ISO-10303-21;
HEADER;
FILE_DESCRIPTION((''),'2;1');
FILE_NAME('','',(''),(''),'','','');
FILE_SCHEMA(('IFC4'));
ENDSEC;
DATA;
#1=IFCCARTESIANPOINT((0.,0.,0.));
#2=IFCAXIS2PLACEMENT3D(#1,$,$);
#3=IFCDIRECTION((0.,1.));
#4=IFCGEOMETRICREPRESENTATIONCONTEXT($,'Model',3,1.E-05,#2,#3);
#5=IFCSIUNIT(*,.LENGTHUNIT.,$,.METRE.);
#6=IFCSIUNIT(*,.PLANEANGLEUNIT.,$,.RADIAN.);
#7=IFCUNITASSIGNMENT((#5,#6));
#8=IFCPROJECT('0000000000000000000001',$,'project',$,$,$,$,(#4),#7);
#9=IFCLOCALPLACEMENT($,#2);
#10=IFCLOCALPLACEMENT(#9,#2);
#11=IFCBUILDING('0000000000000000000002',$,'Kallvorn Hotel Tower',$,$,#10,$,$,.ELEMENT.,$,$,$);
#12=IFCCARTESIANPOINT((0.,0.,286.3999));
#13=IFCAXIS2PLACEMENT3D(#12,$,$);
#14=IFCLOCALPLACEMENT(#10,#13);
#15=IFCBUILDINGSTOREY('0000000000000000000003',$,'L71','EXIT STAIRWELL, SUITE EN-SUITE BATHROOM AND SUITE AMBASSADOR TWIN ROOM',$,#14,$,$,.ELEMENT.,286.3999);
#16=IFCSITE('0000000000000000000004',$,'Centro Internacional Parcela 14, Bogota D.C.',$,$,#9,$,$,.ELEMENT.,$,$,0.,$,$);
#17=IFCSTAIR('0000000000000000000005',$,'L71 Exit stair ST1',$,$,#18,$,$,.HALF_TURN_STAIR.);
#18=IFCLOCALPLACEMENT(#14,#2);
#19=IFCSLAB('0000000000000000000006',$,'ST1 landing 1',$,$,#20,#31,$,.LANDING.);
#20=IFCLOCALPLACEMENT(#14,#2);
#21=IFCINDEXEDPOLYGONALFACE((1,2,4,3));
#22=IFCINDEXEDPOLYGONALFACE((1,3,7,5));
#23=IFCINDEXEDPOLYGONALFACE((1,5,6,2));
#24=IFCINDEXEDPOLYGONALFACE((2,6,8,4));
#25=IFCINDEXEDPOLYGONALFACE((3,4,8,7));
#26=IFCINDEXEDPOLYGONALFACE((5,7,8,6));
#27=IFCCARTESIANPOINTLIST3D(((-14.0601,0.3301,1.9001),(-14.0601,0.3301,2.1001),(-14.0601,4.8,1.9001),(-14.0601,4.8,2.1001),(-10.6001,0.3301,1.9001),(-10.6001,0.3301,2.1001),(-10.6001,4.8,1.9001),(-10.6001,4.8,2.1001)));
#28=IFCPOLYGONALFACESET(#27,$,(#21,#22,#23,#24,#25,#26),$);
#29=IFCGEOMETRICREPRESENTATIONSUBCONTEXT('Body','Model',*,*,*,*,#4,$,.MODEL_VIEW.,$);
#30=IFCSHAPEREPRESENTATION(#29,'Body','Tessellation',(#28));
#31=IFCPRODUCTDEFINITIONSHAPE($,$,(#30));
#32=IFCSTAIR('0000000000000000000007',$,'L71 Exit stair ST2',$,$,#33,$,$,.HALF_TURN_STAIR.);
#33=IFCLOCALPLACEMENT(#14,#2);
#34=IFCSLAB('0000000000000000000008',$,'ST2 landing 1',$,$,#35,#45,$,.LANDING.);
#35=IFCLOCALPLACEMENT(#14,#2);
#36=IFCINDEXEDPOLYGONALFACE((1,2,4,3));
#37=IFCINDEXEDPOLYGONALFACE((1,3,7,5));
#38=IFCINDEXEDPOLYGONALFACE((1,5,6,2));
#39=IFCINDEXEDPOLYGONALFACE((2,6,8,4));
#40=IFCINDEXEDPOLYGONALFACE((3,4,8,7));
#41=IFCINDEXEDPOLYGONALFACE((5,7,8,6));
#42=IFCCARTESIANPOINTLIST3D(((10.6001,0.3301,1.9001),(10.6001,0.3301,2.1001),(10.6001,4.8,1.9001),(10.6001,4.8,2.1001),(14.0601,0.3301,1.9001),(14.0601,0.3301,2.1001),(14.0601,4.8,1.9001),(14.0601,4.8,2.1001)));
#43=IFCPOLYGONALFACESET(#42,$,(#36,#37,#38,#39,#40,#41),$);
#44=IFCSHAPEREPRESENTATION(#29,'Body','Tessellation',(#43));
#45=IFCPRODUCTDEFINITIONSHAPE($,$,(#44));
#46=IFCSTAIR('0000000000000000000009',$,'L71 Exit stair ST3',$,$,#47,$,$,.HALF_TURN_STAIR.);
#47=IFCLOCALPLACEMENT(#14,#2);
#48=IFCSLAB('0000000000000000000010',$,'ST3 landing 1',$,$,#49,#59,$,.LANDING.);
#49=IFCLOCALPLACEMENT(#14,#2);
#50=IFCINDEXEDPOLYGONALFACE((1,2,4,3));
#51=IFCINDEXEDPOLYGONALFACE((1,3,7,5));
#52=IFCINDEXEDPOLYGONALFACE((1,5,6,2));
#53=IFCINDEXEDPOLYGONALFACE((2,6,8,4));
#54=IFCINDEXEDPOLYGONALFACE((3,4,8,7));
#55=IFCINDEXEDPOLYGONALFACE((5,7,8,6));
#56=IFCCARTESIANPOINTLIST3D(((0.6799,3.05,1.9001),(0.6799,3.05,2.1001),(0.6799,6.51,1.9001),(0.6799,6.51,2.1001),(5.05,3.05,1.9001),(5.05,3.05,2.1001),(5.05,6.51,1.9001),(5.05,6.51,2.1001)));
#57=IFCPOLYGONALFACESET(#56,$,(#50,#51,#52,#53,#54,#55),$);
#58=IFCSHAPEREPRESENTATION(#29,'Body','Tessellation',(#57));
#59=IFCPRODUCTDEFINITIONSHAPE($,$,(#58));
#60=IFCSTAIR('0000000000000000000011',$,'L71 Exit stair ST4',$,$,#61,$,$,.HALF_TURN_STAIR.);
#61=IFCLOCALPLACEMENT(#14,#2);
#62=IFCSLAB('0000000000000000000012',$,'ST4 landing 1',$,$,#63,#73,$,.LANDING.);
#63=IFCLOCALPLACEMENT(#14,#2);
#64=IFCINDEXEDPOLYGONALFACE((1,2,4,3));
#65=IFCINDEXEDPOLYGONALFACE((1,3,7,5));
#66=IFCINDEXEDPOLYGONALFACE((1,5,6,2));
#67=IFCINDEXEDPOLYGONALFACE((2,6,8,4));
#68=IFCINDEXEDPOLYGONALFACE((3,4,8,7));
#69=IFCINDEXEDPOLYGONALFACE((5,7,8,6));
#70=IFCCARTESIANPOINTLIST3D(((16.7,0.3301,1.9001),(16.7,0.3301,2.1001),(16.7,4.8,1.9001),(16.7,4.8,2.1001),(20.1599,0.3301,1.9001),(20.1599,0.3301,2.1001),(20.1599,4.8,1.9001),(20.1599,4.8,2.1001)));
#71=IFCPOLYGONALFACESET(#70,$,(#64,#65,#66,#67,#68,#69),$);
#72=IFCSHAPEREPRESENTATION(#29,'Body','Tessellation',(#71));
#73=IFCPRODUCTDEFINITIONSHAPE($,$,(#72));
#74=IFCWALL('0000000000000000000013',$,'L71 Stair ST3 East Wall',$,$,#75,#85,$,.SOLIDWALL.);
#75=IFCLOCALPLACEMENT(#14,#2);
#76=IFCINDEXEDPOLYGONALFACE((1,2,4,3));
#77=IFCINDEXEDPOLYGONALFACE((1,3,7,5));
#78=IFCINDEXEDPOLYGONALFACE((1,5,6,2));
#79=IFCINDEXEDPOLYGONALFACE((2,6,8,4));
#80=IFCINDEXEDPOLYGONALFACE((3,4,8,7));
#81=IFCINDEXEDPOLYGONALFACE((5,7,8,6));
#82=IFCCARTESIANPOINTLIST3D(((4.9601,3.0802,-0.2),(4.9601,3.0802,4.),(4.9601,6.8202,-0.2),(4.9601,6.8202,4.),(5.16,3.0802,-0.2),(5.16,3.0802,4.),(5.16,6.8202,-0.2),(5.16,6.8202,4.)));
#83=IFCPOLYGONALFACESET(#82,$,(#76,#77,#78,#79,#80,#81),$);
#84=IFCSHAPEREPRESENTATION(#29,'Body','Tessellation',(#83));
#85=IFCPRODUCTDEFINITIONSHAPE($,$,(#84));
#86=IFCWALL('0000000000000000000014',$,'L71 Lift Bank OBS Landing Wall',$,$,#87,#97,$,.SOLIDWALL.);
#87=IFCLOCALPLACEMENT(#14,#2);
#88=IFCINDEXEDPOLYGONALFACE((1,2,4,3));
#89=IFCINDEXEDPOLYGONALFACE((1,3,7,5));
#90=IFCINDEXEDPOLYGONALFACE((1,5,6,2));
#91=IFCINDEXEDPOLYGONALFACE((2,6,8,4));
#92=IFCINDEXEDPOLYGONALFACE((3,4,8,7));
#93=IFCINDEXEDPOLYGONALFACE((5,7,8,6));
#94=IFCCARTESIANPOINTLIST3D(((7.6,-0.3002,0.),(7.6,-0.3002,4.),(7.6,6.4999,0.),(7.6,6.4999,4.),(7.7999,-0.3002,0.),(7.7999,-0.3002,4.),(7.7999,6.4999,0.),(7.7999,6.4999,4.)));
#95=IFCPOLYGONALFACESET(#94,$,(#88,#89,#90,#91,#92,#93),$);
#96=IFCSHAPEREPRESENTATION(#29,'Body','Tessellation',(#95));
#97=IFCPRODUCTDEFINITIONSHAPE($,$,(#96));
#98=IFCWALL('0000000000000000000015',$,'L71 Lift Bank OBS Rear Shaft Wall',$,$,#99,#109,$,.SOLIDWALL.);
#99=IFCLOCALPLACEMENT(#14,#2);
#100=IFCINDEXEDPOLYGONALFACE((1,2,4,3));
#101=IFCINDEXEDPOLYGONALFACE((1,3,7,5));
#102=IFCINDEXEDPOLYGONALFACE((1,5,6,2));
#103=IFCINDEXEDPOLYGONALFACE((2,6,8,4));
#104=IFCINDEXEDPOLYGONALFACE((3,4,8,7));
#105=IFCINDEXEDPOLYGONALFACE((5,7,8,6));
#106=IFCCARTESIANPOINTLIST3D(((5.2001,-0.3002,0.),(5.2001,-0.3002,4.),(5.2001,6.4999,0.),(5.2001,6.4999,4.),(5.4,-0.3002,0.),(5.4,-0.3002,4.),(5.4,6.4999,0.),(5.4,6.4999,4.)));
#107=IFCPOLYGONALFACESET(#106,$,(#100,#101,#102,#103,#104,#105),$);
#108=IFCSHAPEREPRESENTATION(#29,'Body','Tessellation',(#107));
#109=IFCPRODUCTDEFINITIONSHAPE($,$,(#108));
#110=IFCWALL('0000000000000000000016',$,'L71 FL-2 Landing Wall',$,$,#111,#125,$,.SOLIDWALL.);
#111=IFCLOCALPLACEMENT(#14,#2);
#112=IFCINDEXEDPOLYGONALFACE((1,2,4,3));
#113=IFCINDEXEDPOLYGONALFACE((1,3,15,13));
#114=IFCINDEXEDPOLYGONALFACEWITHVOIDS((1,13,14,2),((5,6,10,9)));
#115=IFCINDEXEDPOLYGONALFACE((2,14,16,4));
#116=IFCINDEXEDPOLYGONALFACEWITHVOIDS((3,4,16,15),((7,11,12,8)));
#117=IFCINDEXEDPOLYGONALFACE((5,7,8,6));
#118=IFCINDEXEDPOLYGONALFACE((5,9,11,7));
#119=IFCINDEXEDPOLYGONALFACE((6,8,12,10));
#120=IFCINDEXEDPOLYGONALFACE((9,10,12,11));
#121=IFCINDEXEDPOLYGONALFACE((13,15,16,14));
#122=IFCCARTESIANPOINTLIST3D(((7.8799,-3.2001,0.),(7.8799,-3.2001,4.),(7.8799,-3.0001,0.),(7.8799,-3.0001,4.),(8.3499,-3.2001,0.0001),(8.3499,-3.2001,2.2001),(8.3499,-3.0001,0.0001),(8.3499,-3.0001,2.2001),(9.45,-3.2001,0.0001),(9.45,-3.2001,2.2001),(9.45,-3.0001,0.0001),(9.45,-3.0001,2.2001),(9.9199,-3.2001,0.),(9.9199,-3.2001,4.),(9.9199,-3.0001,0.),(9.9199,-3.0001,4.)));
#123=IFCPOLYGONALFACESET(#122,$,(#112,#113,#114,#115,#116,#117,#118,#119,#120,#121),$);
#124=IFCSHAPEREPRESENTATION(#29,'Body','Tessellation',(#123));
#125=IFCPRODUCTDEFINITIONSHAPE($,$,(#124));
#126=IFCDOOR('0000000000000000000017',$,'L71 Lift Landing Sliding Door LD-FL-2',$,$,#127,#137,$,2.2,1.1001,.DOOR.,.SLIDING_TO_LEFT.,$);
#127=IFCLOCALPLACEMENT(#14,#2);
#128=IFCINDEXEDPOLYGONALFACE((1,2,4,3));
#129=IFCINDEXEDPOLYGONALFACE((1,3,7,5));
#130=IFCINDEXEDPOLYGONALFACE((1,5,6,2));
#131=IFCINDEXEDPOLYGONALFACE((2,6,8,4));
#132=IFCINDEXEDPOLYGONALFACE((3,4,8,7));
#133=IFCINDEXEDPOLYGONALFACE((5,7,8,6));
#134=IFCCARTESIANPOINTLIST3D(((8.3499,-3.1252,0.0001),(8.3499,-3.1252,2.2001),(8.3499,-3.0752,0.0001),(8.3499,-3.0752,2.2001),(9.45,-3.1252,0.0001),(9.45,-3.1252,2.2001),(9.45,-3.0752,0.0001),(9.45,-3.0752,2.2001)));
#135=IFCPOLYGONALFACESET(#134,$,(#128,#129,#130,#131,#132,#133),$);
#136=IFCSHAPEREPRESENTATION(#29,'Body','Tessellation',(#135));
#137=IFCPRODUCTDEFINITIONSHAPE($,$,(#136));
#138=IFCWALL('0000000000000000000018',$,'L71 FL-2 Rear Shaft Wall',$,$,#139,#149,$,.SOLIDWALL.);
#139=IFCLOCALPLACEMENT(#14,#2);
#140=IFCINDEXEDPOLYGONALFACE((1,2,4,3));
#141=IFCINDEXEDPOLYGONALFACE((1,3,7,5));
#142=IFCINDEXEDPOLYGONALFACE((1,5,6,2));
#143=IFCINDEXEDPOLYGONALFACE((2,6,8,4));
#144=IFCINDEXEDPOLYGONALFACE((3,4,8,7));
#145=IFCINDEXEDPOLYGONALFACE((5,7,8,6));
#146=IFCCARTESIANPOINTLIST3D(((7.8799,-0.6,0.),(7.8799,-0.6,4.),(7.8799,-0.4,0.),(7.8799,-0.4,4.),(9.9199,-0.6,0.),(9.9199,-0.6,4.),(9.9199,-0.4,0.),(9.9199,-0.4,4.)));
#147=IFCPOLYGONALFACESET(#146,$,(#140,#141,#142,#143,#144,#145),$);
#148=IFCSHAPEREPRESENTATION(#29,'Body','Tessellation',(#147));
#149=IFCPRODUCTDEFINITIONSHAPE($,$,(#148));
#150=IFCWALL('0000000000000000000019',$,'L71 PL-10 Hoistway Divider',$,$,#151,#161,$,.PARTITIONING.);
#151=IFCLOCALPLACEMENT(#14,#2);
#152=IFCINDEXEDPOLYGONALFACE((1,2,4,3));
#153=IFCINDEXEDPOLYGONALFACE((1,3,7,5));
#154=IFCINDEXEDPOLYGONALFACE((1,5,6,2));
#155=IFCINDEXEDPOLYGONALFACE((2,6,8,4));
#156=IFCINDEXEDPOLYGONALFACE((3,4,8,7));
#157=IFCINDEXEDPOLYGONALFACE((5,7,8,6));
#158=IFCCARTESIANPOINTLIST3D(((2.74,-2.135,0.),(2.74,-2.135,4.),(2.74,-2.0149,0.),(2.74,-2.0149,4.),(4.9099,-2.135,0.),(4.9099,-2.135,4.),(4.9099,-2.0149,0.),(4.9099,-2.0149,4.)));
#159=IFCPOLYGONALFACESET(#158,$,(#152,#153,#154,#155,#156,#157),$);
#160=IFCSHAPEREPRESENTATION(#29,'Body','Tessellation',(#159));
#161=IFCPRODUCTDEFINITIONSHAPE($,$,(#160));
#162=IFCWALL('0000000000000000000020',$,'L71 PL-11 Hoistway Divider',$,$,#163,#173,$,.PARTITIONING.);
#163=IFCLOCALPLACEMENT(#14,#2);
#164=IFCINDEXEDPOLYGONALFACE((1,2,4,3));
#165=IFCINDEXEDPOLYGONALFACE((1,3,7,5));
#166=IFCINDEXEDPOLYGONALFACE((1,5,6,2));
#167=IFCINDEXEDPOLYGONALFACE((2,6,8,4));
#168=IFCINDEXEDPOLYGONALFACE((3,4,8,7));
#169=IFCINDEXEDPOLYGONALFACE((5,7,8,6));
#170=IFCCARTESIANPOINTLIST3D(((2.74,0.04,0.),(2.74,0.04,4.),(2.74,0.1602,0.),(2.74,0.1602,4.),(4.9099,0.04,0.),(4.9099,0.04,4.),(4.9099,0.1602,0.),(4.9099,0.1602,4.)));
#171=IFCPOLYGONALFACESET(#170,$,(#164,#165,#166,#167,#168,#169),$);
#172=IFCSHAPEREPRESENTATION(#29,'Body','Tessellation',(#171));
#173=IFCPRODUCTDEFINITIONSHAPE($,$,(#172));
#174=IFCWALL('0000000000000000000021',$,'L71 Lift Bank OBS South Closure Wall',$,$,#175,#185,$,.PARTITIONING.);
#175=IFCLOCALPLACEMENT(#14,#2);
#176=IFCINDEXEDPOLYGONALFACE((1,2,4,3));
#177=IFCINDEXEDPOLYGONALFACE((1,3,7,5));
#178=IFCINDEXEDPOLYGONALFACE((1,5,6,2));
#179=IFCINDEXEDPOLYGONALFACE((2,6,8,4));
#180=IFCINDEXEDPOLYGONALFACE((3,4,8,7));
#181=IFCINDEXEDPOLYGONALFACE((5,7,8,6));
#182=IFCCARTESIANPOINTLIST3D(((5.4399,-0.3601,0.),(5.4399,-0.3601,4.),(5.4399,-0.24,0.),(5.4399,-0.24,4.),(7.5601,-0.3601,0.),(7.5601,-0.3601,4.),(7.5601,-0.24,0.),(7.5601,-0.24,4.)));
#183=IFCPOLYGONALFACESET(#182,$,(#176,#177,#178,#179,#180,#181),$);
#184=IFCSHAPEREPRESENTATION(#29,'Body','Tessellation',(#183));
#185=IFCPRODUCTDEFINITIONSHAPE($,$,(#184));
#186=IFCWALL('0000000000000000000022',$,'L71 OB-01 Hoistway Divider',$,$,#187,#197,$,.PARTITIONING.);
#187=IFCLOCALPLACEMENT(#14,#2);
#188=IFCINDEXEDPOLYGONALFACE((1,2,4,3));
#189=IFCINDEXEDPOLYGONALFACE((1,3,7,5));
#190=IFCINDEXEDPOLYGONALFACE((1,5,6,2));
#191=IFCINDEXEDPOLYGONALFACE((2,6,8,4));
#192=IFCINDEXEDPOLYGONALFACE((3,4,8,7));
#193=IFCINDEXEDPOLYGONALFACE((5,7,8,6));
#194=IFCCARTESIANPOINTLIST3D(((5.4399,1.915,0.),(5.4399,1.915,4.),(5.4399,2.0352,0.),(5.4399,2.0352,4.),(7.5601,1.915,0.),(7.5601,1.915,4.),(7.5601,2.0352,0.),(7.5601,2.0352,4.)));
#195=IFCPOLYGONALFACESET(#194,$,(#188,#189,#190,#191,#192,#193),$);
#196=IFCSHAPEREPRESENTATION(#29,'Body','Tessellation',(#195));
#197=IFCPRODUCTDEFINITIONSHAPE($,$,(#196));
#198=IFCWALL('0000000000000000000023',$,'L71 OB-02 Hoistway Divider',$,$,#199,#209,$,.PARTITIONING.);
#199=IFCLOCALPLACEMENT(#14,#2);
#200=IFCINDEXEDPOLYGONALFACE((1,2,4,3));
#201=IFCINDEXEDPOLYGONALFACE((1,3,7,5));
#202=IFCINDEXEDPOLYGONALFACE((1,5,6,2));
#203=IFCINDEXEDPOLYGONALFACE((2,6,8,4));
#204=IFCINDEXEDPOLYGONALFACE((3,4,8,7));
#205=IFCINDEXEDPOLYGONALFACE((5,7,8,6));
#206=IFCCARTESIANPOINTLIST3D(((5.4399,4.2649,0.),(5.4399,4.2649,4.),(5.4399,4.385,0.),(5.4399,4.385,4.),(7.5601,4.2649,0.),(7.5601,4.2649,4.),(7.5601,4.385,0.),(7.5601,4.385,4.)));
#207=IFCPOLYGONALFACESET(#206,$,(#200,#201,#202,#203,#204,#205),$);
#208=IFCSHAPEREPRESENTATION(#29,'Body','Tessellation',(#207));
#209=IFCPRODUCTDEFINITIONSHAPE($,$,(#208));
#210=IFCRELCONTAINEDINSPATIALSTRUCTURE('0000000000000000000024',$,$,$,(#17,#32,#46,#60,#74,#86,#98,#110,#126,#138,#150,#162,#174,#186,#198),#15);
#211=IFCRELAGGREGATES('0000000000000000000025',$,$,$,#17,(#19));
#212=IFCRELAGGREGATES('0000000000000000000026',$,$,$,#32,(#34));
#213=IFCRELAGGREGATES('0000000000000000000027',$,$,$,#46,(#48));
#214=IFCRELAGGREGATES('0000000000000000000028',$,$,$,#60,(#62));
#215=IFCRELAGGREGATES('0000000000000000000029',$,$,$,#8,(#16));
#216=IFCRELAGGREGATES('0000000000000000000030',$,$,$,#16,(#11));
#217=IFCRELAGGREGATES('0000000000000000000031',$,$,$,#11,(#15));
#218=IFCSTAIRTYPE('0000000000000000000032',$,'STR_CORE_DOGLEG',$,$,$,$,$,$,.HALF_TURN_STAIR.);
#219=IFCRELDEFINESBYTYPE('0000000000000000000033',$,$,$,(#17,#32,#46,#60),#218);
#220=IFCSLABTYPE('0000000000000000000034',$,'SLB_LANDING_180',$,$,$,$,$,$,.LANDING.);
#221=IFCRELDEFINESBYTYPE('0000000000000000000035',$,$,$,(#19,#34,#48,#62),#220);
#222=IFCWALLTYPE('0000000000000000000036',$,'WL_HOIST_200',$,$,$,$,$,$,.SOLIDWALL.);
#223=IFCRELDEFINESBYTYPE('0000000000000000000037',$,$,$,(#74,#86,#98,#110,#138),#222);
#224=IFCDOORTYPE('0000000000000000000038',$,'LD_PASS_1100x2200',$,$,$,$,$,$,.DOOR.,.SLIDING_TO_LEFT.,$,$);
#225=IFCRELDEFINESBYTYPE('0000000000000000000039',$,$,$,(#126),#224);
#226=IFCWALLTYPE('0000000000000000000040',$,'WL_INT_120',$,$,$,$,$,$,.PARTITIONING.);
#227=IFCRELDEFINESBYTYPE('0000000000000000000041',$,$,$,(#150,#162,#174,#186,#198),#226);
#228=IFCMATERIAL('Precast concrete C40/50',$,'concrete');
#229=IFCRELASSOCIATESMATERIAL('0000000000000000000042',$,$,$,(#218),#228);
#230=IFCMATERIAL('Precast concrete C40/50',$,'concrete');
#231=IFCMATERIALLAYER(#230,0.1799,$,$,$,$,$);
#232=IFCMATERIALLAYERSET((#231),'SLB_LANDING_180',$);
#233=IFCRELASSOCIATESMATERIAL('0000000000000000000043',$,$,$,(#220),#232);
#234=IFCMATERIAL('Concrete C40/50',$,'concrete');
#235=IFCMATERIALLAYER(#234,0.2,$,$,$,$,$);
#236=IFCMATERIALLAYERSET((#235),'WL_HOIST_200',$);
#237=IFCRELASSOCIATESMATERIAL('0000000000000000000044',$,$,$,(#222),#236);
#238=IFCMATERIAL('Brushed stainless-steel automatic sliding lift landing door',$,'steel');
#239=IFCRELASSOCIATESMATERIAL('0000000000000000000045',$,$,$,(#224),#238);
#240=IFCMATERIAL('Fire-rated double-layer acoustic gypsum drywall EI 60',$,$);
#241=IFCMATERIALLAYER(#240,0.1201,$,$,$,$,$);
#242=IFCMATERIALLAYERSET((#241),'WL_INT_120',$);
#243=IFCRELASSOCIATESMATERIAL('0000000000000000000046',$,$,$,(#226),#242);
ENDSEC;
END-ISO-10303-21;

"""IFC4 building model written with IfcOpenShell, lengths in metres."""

from ifc_helpers import new_model, si_unit, direction, frame, frame_2d, origin, place, context, subcontext, project, spatial, polyline, rectangle, outline, extrude, material, layer, layer_set, type_object, element, fill, aggregate, save


model = new_model("IFC4")

# Units and contexts
model_context = context("Model", 3, precision=1e-05, world=origin(), true_north=direction((0.0, 1.0)))
body_context = subcontext(model_context, "Body", "Model", "MODEL_VIEW")
ifc_project = project(units=[si_unit("LENGTHUNIT", "METRE"), si_unit("PLANEANGLEUNIT", "RADIAN")], contexts=[model_context])

# Site, building, storey
site_placement = place(None, origin())
site = spatial("IfcSite", under=ifc_project, at=site_placement, Name="Centro Internacional Parcela 14, Bogota D.C.", CompositionType="ELEMENT", RefElevation=0.0)
building_placement = place(site_placement, origin())
building = spatial("IfcBuilding", under=site, at=building_placement, Name="Kallvorn Hotel Tower", CompositionType="ELEMENT")
storey_placement = place(building_placement, frame((0.0, 0.0, 286.3999)))
storey = spatial("IfcBuildingStorey", under=building, at=storey_placement, Name="L71", Description="EXIT STAIRWELL, SUITE EN-SUITE BATHROOM AND SUITE AMBASSADOR TWIN ROOM", CompositionType="ELEMENT", Elevation=286.3999)

# Stairs, slabs
ifc_material_1 = material(Name="Precast concrete C40/50", Category="concrete")
stair_type = type_object("IfcStairType", Name="STR_CORE_DOGLEG", PredefinedType="HALF_TURN_STAIR", material=ifc_material_1)
stair_1_placement = place(storey_placement, origin())
stair_1 = element("IfcStair", 1, at=stair_1_placement, inside=storey, type_object=stair_type, Name="L71 Exit stair ST1", PredefinedType="HALF_TURN_STAIR")
ifc_material_2 = material(Name="Precast concrete C40/50", Category="concrete")
ifc_layer_1 = layer(ifc_material_2, 0.1799)
ifc_layer_set_1 = layer_set([ifc_layer_1], Name="SLB_LANDING_180")
slab_type = type_object("IfcSlabType", Name="SLB_LANDING_180", PredefinedType="LANDING", material=ifc_layer_set_1)
slab_1_placement = place(storey_placement, frame((0.0, 0.0, 1.9001)))
slab_1 = element("IfcSlab", 2, at=slab_1_placement, type_object=slab_type, Name="ST1 landing 1", PredefinedType="LANDING", context=body_context, shape_type="SweptSolid", body=[
    extrude(outline(polyline([(-10.6001, 0.3301), (-10.6001, 4.8), (-14.0601, 4.8), (-14.0601, 0.3301), (-10.6001, 0.3301)])), origin(), (0.0, 0.0, 1.0), 0.2),
])
aggregate(stair_1, [slab_1])
stair_2_placement = place(storey_placement, origin())
stair_2 = element("IfcStair", 3, at=stair_2_placement, inside=storey, type_object=stair_type, Name="L71 Exit stair ST2", PredefinedType="HALF_TURN_STAIR")
slab_2_placement = place(storey_placement, frame((0.0, 0.0, 1.9001)))
slab_2 = element("IfcSlab", 4, at=slab_2_placement, type_object=slab_type, Name="ST2 landing 1", PredefinedType="LANDING", context=body_context, shape_type="SweptSolid", body=[
    extrude(outline(polyline([(14.0601, 0.3301), (14.0601, 4.8), (10.6001, 4.8), (10.6001, 0.3301), (14.0601, 0.3301)])), origin(), (0.0, 0.0, 1.0), 0.2),
])
aggregate(stair_2, [slab_2])
stair_3_placement = place(storey_placement, origin())
stair_3 = element("IfcStair", 5, at=stair_3_placement, inside=storey, type_object=stair_type, Name="L71 Exit stair ST3", PredefinedType="HALF_TURN_STAIR")
slab_3_placement = place(storey_placement, frame((0.0, 0.0, 1.9001)))
slab_3 = element("IfcSlab", 6, at=slab_3_placement, type_object=slab_type, Name="ST3 landing 1", PredefinedType="LANDING", context=body_context, shape_type="SweptSolid", body=[
    extrude(outline(polyline([(0.6799, 3.05), (5.05, 3.05), (5.05, 6.51), (0.6799, 6.51), (0.6799, 3.05)])), origin(), (0.0, 0.0, 1.0), 0.2),
])
aggregate(stair_3, [slab_3])
stair_4_placement = place(storey_placement, origin())
stair_4 = element("IfcStair", 7, at=stair_4_placement, inside=storey, type_object=stair_type, Name="L71 Exit stair ST4", PredefinedType="HALF_TURN_STAIR")
slab_4_placement = place(storey_placement, frame((0.0, 0.0, 1.9001)))
slab_4 = element("IfcSlab", 8, at=slab_4_placement, type_object=slab_type, Name="ST4 landing 1", PredefinedType="LANDING", context=body_context, shape_type="SweptSolid", body=[
    extrude(outline(polyline([(20.1599, 0.3301), (20.1599, 4.8), (16.7, 4.8), (16.7, 0.3301), (20.1599, 0.3301)])), origin(), (0.0, 0.0, 1.0), 0.2),
])
aggregate(stair_4, [slab_4])

# Walls
ifc_material_3 = material(Name="Concrete C40/50", Category="concrete")
ifc_layer_2 = layer(ifc_material_3, 0.2)
ifc_layer_set_2 = layer_set([ifc_layer_2], Name="WL_HOIST_200")
wall_type_1 = type_object("IfcWallType", Name="WL_HOIST_200", PredefinedType="SOLIDWALL", material=ifc_layer_set_2)
wall_1_placement = place(storey_placement, frame((5.0601, 3.0801, -0.2), z_axis=(0.0, 0.0, 1.0), x_axis=(0.0, 1.0, 0.0)))
element("IfcWall", 9, at=wall_1_placement, inside=storey, type_object=wall_type_1, Name="L71 Stair ST3 East Wall", PredefinedType="SOLIDWALL", context=body_context, shape_type="SweptSolid", body=[
    extrude(rectangle(XDim=3.74, YDim=0.2, at=frame_2d((1.8701, 0.0))), origin(), (0.0, 0.0, 1.0), 4.2),
])
for number, where, z_axis, x_axis, name in (
    (10, (7.7, -0.3, 0.0), (0.0, 0.0, 1.0), (0.0, 1.0, 0.0), "L71 Lift Bank OBS Landing Wall"),
    (11, (5.3, -0.3, 0.0), (0.0, 0.0, 1.0), (0.0, 1.0, 0.0), "L71 Lift Bank OBS Rear Shaft Wall"),
):
    element("IfcWall", number, at=place(storey_placement, frame(where, z_axis=z_axis, x_axis=x_axis)), inside=storey, type_object=wall_type_1, Name=name, PredefinedType="SOLIDWALL", context=body_context, shape_type="SweptSolid", body=[
        extrude(rectangle(XDim=6.8, YDim=0.2, at=frame_2d((3.3999, 0.0))), origin(), (0.0, 0.0, 1.0), 4.0),
    ])

# Wall, opening, door
wall_2_placement = place(storey_placement, frame((7.8799, -3.1001, 0.0), z_axis=(0.0, 0.0, 1.0), x_axis=(1.0, 0.0, 0.0)))
wall_2 = element("IfcWall", 12, at=wall_2_placement, inside=storey, type_object=wall_type_1, Name="L71 FL-2 Landing Wall", PredefinedType="SOLIDWALL", context=body_context, shape_type="SweptSolid", body=[
    extrude(rectangle(XDim=2.04, YDim=0.2, at=frame_2d((1.02, 0.0))), origin(), (0.0, 0.0, 1.0), 4.0),
])
opening_1_placement = place(wall_2_placement, frame((0.47, 0.0, 0.0)))
opening_1 = element("IfcOpeningElement", 13, at=opening_1_placement, cuts=wall_2, PredefinedType="OPENING", context=body_context, shape_type="SweptSolid", body=[
    extrude(rectangle(XDim=1.1001, YDim=2.2, at=frame_2d((0.55, 1.1001))), frame((0.0, 0.115, 0.0), z_axis=(0.0, -1.0, 0.0), x_axis=(1.0, 0.0, 0.0)), (0.0, 0.0, 1.0), 0.23),
])
ifc_material_4 = material(Name="Brushed stainless-steel automatic sliding lift landing door", Category="steel")
door_type_1 = type_object("IfcDoorType", Name="LD_PASS_1100x2200", OperationType="SLIDING_TO_LEFT", PredefinedType="DOOR", material=ifc_material_4)
door_1_placement = place(opening_1_placement, origin())
door_1 = element("IfcDoor", 14, at=door_1_placement, inside=storey, type_object=door_type_1, Name="L71 Lift Landing Sliding Door LD-FL-2", OperationType="SLIDING_TO_LEFT", OverallHeight=2.2, OverallWidth=1.1001, PredefinedType="DOOR", context=body_context, shape_type="SweptSolid", body=[
    extrude(rectangle(XDim=1.1001, YDim=2.2, at=frame_2d((0.55, 1.1001))), frame((0.0, 0.0249, 0.0), z_axis=(0.0, -1.0, 0.0), x_axis=(1.0, 0.0, 0.0)), (0.0, 0.0, 1.0), 0.05),
])
fill(opening_1, door_1)

# Walls
wall_3_placement = place(storey_placement, frame((7.8799, -0.5, 0.0), z_axis=(0.0, 0.0, 1.0), x_axis=(1.0, 0.0, 0.0)))
element("IfcWall", 15, at=wall_3_placement, inside=storey, type_object=wall_type_1, Name="L71 FL-2 Rear Shaft Wall", PredefinedType="SOLIDWALL", context=body_context, shape_type="SweptSolid", body=[
    extrude(rectangle(XDim=2.04, YDim=0.2, at=frame_2d((1.02, 0.0))), origin(), (0.0, 0.0, 1.0), 4.0),
])
ifc_material_5 = material(Name="Fire-rated double-layer acoustic gypsum drywall EI 60")
ifc_layer_3 = layer(ifc_material_5, 0.1201)
ifc_layer_set_3 = layer_set([ifc_layer_3], Name="WL_INT_120")
wall_type_2 = type_object("IfcWallType", Name="WL_INT_120", PredefinedType="PARTITIONING", material=ifc_layer_set_3)
for number, where, z_axis, x_axis, name in (
    (16, (2.74, -2.075, 0.0), (0.0, 0.0, 1.0), (1.0, 0.0, 0.0), "L71 PL-10 Hoistway Divider"),
    (17, (2.74, 0.1001, 0.0), (0.0, 0.0, 1.0), (1.0, 0.0, 0.0), "L71 PL-11 Hoistway Divider"),
):
    element("IfcWall", number, at=place(storey_placement, frame(where, z_axis=z_axis, x_axis=x_axis)), inside=storey, type_object=wall_type_2, Name=name, PredefinedType="PARTITIONING", context=body_context, shape_type="SweptSolid", body=[
        extrude(rectangle(XDim=2.1699, YDim=0.1201, at=frame_2d((1.085, 0.0))), origin(), (0.0, 0.0, 1.0), 4.0),
    ])
for number, where, z_axis, x_axis, name in (
    (18, (5.4399, -0.3, 0.0), (0.0, 0.0, 1.0), (1.0, 0.0, 0.0), "L71 Lift Bank OBS South Closure Wall"),
    (19, (5.4399, 1.9751, 0.0), (0.0, 0.0, 1.0), (1.0, 0.0, 0.0), "L71 OB-01 Hoistway Divider"),
    (20, (5.4399, 4.325, 0.0), (0.0, 0.0, 1.0), (1.0, 0.0, 0.0), "L71 OB-02 Hoistway Divider"),
):
    element("IfcWall", number, at=place(storey_placement, frame(where, z_axis=z_axis, x_axis=x_axis)), inside=storey, type_object=wall_type_2, Name=name, PredefinedType="PARTITIONING", context=body_context, shape_type="SweptSolid", body=[
        extrude(rectangle(XDim=2.1201, YDim=0.1201, at=frame_2d((1.0601, 0.0))), origin(), (0.0, 0.0, 1.0), 4.0),
    ])

save(model, "model.ifc")
